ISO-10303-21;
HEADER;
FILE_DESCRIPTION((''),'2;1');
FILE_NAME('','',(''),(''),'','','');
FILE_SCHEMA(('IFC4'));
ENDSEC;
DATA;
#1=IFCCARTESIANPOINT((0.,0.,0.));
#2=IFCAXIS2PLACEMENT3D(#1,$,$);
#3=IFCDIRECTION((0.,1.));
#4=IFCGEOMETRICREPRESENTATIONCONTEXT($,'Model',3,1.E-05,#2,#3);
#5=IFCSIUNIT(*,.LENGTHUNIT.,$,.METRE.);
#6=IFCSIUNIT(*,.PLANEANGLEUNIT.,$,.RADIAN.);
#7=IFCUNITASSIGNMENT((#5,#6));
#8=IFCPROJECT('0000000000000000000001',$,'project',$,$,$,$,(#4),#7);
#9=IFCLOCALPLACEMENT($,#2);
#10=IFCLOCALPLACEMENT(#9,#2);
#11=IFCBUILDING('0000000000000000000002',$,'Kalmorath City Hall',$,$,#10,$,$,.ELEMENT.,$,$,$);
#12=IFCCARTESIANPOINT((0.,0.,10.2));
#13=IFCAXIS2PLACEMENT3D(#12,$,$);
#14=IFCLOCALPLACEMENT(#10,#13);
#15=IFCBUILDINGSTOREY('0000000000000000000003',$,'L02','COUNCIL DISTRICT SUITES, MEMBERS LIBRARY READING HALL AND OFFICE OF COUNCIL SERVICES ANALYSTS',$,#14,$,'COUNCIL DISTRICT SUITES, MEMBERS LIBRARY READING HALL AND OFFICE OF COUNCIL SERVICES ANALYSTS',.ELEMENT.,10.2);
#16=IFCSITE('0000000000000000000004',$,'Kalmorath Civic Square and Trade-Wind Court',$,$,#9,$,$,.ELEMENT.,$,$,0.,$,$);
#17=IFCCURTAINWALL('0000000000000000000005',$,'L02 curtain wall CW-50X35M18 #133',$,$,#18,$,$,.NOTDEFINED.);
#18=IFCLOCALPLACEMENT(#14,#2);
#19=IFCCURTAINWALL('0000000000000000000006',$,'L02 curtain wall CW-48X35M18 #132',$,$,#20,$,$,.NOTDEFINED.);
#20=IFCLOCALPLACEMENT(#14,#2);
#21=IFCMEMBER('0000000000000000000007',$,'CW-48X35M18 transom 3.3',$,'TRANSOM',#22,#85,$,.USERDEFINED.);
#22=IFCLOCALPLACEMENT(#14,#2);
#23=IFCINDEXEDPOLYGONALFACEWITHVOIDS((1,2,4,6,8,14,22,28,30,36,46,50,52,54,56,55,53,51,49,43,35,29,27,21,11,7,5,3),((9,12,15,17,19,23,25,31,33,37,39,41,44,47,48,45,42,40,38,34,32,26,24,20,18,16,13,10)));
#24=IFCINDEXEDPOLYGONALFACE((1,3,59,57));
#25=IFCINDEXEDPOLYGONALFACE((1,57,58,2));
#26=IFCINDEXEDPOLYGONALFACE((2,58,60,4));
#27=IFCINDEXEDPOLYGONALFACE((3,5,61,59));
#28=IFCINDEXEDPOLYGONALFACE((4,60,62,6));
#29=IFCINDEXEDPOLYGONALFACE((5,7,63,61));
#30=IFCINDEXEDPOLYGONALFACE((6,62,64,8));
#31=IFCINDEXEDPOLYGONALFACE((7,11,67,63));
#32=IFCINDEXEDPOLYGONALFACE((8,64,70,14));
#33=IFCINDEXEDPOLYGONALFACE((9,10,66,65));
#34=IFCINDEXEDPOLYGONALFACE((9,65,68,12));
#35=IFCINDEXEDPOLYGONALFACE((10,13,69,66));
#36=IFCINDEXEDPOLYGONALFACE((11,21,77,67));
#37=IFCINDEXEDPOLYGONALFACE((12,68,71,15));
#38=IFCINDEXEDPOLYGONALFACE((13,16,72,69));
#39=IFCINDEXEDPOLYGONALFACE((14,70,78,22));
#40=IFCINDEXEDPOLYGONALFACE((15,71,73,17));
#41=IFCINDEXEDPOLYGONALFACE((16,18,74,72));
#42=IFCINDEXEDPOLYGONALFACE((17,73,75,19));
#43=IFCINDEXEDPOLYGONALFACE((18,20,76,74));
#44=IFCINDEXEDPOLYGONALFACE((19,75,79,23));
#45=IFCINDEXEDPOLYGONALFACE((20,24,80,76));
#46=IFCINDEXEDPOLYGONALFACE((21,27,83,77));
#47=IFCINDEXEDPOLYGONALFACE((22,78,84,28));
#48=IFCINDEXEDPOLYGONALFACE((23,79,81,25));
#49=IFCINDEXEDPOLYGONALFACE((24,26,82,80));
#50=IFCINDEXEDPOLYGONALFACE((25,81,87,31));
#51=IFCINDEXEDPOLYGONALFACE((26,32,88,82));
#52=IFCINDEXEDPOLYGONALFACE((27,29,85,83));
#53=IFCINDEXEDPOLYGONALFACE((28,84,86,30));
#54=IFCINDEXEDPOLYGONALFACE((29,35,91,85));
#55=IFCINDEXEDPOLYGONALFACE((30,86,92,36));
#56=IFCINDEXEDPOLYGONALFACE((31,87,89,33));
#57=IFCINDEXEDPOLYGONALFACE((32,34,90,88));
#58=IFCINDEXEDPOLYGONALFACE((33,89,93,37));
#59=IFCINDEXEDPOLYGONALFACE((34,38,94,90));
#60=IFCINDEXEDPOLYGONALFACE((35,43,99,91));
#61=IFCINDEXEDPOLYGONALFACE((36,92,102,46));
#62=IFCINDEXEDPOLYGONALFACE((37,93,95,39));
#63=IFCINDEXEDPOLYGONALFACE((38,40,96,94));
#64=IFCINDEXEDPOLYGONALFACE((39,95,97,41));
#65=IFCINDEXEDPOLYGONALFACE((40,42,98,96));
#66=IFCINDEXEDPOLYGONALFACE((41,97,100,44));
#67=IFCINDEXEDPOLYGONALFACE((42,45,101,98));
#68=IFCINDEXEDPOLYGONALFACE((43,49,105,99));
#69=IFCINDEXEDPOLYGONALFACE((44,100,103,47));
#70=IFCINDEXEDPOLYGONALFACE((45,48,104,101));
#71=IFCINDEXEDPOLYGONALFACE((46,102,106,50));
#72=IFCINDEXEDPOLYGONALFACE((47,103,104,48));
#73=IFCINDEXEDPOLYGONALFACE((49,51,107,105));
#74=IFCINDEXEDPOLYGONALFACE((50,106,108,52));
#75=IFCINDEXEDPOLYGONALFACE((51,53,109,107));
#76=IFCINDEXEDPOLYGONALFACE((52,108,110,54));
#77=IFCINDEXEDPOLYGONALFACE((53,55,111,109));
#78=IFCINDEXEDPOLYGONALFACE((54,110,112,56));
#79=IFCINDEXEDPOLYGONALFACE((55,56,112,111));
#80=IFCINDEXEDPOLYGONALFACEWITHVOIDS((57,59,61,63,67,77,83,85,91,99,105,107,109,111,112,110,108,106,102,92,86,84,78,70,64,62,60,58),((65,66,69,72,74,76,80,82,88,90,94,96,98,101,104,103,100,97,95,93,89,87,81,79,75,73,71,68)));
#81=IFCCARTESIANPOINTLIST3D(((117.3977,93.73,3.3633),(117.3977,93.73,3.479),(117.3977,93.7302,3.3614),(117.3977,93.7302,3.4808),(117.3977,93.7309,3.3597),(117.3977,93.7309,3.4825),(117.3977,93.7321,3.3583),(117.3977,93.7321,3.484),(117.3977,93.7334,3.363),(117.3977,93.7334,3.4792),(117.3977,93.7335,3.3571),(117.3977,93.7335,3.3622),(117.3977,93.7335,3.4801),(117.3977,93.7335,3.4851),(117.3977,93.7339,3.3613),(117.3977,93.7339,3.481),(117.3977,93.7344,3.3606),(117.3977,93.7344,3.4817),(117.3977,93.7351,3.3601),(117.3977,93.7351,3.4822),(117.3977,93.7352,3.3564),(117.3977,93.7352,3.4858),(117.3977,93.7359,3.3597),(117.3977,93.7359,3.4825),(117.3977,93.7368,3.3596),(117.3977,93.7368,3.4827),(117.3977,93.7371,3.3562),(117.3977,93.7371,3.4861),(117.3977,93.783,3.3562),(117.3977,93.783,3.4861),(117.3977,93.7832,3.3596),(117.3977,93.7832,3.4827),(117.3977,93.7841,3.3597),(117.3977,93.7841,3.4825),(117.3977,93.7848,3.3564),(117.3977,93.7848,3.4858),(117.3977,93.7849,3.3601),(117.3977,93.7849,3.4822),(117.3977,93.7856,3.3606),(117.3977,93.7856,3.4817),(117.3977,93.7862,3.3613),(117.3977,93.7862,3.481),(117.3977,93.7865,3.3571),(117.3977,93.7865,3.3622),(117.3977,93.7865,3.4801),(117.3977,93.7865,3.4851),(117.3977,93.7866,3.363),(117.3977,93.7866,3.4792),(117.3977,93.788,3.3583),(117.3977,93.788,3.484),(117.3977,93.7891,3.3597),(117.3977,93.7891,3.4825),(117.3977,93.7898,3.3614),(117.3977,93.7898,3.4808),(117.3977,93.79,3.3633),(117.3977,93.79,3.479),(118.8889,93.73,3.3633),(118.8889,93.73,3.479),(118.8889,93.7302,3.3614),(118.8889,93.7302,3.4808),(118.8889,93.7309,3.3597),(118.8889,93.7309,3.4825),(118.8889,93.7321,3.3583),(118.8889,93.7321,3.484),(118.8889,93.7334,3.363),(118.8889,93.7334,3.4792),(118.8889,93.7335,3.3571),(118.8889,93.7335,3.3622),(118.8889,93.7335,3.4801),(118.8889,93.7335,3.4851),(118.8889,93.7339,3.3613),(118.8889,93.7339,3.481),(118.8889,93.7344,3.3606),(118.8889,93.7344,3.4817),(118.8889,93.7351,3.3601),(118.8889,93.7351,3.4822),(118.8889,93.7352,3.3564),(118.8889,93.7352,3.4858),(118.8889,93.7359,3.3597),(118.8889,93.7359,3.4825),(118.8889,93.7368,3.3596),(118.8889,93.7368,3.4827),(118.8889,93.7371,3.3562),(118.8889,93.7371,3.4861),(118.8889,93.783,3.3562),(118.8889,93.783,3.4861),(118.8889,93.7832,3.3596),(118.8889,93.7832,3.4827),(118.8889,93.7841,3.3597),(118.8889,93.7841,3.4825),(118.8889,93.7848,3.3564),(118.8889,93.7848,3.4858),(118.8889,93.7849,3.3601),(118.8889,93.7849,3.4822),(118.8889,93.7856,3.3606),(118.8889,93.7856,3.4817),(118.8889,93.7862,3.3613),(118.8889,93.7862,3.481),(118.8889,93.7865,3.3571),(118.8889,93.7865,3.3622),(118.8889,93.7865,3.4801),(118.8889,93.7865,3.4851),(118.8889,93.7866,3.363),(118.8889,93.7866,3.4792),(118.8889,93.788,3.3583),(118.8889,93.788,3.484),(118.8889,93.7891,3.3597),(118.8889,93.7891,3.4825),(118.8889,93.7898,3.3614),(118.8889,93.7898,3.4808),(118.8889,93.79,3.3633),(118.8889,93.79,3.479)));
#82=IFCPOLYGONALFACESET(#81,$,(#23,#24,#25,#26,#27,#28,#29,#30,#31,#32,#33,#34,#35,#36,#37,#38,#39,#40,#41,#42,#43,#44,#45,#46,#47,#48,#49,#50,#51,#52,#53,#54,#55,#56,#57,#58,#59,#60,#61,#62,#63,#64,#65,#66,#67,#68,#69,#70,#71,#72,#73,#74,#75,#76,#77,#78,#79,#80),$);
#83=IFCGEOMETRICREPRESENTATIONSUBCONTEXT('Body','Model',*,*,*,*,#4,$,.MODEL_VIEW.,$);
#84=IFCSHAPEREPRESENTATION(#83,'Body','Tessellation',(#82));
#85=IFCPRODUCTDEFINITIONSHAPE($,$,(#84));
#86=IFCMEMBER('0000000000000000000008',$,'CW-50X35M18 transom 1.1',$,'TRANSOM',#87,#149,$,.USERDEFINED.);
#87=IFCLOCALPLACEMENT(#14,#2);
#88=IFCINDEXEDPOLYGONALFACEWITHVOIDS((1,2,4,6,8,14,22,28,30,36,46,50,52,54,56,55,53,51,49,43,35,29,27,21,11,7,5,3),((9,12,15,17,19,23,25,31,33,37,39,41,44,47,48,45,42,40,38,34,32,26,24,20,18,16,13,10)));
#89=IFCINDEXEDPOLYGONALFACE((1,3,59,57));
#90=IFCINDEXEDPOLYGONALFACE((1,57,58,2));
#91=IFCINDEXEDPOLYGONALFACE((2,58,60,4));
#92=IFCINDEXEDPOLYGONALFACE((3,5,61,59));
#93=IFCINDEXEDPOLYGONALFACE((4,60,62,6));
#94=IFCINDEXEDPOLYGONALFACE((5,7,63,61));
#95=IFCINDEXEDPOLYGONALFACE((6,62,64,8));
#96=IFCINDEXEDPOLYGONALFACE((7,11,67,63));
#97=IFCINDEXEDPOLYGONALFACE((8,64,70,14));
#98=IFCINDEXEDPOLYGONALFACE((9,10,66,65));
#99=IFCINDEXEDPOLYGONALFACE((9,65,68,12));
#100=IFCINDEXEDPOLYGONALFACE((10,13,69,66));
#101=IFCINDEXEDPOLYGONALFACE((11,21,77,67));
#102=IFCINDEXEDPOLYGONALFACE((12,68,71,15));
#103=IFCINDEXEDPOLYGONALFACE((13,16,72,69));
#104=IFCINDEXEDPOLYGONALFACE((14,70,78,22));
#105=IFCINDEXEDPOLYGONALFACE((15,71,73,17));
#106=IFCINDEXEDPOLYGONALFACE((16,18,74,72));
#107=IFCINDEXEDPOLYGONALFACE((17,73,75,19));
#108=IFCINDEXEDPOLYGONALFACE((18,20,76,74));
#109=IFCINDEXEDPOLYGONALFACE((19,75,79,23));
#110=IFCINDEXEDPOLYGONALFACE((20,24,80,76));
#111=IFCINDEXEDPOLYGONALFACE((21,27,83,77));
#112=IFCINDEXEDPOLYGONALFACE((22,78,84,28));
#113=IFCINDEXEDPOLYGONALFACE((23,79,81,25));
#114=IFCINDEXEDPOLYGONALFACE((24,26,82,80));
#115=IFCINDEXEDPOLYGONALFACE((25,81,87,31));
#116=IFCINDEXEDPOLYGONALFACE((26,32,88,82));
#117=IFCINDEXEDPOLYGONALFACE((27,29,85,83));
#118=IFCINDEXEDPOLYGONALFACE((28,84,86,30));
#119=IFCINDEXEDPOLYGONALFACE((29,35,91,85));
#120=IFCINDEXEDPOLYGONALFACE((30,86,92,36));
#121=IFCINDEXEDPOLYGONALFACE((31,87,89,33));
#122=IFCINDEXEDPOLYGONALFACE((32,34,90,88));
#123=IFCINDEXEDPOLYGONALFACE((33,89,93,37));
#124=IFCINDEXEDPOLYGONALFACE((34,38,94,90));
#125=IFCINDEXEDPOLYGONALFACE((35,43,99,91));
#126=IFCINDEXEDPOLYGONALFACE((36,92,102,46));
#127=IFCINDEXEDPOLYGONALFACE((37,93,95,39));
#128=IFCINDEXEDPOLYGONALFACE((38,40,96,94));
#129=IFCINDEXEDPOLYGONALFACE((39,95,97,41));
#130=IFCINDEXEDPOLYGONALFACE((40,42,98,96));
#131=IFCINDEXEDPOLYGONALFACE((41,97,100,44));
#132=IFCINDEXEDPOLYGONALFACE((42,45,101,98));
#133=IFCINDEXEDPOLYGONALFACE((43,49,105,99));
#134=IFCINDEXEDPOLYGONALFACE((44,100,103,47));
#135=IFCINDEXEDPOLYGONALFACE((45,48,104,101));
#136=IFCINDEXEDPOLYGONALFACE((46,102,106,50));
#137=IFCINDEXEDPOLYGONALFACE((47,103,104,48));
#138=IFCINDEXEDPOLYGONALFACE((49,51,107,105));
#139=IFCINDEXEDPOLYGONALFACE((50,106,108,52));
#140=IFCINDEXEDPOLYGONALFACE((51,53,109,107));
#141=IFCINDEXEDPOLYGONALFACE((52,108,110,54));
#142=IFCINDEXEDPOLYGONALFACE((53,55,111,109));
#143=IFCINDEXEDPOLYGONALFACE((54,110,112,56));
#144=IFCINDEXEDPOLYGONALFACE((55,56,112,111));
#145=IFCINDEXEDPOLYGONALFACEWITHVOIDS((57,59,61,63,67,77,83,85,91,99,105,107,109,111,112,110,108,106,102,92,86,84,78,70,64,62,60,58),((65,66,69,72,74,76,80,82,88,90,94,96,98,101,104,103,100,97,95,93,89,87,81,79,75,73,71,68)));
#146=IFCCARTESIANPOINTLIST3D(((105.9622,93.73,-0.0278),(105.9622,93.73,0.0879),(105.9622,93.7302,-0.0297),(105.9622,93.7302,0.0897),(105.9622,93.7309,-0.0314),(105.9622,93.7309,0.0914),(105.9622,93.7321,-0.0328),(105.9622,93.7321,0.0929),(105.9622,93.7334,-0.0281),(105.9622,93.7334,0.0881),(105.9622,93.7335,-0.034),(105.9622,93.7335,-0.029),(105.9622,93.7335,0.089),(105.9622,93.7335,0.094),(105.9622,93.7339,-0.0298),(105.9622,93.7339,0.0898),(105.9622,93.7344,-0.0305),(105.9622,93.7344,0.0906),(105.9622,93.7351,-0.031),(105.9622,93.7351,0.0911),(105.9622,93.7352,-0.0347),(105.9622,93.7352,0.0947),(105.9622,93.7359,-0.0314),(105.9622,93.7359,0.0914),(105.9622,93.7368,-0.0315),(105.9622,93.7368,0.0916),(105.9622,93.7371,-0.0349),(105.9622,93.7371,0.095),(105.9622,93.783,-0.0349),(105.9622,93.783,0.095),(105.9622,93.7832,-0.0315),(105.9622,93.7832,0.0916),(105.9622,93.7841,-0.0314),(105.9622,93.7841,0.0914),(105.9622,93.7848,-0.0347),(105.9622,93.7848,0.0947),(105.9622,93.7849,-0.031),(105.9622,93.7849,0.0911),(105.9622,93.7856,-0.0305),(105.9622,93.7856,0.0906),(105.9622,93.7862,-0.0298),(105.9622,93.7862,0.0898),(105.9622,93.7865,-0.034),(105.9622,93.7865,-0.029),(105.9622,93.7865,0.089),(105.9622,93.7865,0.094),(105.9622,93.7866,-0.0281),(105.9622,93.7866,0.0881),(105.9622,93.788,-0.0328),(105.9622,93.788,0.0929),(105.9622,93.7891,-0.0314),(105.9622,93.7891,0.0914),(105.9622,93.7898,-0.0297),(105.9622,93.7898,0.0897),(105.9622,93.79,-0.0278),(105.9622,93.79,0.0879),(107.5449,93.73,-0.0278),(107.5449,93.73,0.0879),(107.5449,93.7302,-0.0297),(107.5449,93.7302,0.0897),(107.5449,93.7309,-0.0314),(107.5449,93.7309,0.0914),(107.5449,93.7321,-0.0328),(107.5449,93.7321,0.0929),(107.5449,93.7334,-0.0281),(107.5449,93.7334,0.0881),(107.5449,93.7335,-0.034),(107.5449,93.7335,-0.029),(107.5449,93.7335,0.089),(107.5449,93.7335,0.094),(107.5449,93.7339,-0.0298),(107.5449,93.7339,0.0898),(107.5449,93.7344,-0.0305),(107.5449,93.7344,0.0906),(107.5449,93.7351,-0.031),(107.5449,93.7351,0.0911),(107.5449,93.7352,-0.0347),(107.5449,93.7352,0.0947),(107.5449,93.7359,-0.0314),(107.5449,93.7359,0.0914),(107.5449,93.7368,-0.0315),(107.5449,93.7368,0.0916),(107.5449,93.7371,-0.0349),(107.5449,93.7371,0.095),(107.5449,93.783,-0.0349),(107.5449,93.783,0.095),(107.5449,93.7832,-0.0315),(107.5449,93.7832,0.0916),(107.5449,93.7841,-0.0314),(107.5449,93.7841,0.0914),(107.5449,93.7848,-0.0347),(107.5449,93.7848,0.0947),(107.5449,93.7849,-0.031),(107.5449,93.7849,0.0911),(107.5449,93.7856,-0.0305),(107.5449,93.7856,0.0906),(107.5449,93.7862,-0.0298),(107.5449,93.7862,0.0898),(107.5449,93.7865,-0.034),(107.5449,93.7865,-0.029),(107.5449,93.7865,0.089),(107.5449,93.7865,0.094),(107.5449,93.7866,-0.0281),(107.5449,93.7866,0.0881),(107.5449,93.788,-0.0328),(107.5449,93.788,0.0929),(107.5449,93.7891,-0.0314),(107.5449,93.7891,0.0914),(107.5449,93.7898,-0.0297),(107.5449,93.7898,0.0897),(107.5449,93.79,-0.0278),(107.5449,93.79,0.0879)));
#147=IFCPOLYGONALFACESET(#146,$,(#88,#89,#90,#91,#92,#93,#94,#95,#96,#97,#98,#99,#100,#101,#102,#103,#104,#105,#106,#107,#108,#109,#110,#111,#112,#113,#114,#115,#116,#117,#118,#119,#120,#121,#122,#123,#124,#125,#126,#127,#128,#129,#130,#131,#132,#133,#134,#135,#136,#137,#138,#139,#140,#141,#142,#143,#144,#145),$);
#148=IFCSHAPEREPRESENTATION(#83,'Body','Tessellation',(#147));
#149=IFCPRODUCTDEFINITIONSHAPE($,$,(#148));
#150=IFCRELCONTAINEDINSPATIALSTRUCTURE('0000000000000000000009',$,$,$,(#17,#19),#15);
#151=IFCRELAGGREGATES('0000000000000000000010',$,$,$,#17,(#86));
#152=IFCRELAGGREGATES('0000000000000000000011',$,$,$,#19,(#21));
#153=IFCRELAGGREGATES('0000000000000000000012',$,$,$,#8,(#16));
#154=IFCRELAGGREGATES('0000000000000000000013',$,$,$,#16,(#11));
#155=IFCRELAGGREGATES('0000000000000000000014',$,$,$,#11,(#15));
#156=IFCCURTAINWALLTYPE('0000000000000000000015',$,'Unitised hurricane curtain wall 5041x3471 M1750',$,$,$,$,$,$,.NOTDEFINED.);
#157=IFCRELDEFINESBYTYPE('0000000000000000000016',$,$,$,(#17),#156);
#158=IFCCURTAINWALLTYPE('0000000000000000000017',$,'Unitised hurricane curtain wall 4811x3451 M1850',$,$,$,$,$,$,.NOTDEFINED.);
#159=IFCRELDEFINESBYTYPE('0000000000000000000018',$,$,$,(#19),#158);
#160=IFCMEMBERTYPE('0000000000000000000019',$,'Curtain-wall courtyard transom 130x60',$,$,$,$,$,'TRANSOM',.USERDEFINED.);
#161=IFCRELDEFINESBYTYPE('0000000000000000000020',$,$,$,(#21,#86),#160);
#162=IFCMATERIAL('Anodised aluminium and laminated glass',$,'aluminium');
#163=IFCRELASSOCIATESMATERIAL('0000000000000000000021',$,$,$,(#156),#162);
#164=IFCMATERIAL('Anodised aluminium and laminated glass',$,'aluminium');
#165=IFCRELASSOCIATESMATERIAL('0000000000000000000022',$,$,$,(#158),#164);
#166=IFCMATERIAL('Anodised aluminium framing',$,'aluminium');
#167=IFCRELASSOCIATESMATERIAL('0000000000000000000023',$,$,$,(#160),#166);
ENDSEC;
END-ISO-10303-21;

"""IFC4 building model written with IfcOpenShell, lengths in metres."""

from ifc_helpers import new_model, si_unit, direction, frame, origin, origin_2d, place, context, subcontext, project, spatial, hollow_rectangle, extrude, material, material_profile, profile_set, type_object, element, aggregate, save


model = new_model("IFC4")

# Units and contexts
model_context = context("Model", 3, precision=1e-05, world=origin(), true_north=direction((0.0, 1.0)))
body_context = subcontext(model_context, "Body", "Model", "MODEL_VIEW")
ifc_project = project(units=[si_unit("LENGTHUNIT", "METRE"), si_unit("PLANEANGLEUNIT", "RADIAN")], contexts=[model_context])

# Site, building, storey
site_placement = place(None, origin())
site = spatial("IfcSite", under=ifc_project, at=site_placement, Name="Kalmorath Civic Square and Trade-Wind Court", CompositionType="ELEMENT", RefElevation=0.0)
building_placement = place(site_placement, origin())
building = spatial("IfcBuilding", under=site, at=building_placement, Name="Kalmorath City Hall", CompositionType="ELEMENT")
storey_placement = place(building_placement, frame((0.0, 0.0, 10.2)))
storey = spatial("IfcBuildingStorey", under=building, at=storey_placement, Name="L02", Description="COUNCIL DISTRICT SUITES, MEMBERS LIBRARY READING HALL AND OFFICE OF COUNCIL SERVICES ANALYSTS", LongName="COUNCIL DISTRICT SUITES, MEMBERS LIBRARY READING HALL AND OFFICE OF COUNCIL SERVICES ANALYSTS", CompositionType="ELEMENT", Elevation=10.2)

# Curtain walls, member
ifc_material_1 = material(Name="Anodised aluminium and laminated glass", Category="aluminium")
curtain_wall_type_1 = type_object("IfcCurtainWallType", Name="Unitised hurricane curtain wall 5041x3471 M1750", PredefinedType="NOTDEFINED", material=ifc_material_1)
curtain_wall_1_placement = place(storey_placement, origin())
curtain_wall_1 = element("IfcCurtainWall", 1, at=curtain_wall_1_placement, inside=storey, type_object=curtain_wall_type_1, Name="L02 curtain wall CW-50X35M18 #133", PredefinedType="NOTDEFINED")
ifc_material_2 = material(Name="Anodised aluminium and laminated glass", Category="aluminium")
curtain_wall_type_2 = type_object("IfcCurtainWallType", Name="Unitised hurricane curtain wall 4811x3451 M1850", PredefinedType="NOTDEFINED", material=ifc_material_2)
curtain_wall_2_placement = place(storey_placement, origin())
curtain_wall_2 = element("IfcCurtainWall", 2, at=curtain_wall_2_placement, inside=storey, type_object=curtain_wall_type_2, Name="L02 curtain wall CW-48X35M18 #132", PredefinedType="NOTDEFINED")
ifc_material_3 = material(Name="Anodised aluminium framing", Category="aluminium")
ifc_material_profile_1 = material_profile(ifc_material_3, hollow_rectangle(XDim=0.0601, YDim=0.1299, WallThickness=0.0034, InnerFilletRadius=0.0034, OuterFilletRadius=0.0071, at=origin_2d()), Name="ALU-TRN-130X60X3.5")
ifc_profile_set_1 = profile_set([ifc_material_profile_1], Name="Anodised aluminium framing")
member_type_1 = type_object("IfcMemberType", Name="Curtain-wall courtyard transom 130x60", ElementType="TRANSOM", PredefinedType="USERDEFINED", material=ifc_profile_set_1)
member_1_placement = place(storey_placement, frame((118.8889, 93.76, 3.4211), z_axis=(-1.0, 0.0, 0.0), x_axis=(0.0, -1.0, 0.0)))
member_1 = element("IfcMember", 3, at=member_1_placement, type_object=member_type_1, Name="CW-48X35M18 transom 3.3", ObjectType="TRANSOM", PredefinedType="USERDEFINED", context=body_context, shape_type="SweptSolid", body=[
    extrude(hollow_rectangle(XDim=0.0601, YDim=0.1299, WallThickness=0.0034, InnerFilletRadius=0.0034, OuterFilletRadius=0.0071, at=origin_2d()), origin(), (0.0, 0.0, 1.0), 1.4912),
])

# Member
member_2_placement = place(storey_placement, frame((107.5449, 93.76, 0.03), z_axis=(-1.0, 0.0, 0.0), x_axis=(0.0, -1.0, 0.0)))
member_2 = element("IfcMember", 4, at=member_2_placement, type_object=member_type_1, Name="CW-50X35M18 transom 1.1", ObjectType="TRANSOM", PredefinedType="USERDEFINED", context=body_context, shape_type="SweptSolid", body=[
    extrude(hollow_rectangle(XDim=0.0601, YDim=0.1299, WallThickness=0.0034, InnerFilletRadius=0.0034, OuterFilletRadius=0.0071, at=origin_2d()), origin(), (0.0, 0.0, 1.0), 1.5828),
])

aggregate(curtain_wall_1, [member_2])
aggregate(curtain_wall_2, [member_1])

save(model, "model.ifc")
